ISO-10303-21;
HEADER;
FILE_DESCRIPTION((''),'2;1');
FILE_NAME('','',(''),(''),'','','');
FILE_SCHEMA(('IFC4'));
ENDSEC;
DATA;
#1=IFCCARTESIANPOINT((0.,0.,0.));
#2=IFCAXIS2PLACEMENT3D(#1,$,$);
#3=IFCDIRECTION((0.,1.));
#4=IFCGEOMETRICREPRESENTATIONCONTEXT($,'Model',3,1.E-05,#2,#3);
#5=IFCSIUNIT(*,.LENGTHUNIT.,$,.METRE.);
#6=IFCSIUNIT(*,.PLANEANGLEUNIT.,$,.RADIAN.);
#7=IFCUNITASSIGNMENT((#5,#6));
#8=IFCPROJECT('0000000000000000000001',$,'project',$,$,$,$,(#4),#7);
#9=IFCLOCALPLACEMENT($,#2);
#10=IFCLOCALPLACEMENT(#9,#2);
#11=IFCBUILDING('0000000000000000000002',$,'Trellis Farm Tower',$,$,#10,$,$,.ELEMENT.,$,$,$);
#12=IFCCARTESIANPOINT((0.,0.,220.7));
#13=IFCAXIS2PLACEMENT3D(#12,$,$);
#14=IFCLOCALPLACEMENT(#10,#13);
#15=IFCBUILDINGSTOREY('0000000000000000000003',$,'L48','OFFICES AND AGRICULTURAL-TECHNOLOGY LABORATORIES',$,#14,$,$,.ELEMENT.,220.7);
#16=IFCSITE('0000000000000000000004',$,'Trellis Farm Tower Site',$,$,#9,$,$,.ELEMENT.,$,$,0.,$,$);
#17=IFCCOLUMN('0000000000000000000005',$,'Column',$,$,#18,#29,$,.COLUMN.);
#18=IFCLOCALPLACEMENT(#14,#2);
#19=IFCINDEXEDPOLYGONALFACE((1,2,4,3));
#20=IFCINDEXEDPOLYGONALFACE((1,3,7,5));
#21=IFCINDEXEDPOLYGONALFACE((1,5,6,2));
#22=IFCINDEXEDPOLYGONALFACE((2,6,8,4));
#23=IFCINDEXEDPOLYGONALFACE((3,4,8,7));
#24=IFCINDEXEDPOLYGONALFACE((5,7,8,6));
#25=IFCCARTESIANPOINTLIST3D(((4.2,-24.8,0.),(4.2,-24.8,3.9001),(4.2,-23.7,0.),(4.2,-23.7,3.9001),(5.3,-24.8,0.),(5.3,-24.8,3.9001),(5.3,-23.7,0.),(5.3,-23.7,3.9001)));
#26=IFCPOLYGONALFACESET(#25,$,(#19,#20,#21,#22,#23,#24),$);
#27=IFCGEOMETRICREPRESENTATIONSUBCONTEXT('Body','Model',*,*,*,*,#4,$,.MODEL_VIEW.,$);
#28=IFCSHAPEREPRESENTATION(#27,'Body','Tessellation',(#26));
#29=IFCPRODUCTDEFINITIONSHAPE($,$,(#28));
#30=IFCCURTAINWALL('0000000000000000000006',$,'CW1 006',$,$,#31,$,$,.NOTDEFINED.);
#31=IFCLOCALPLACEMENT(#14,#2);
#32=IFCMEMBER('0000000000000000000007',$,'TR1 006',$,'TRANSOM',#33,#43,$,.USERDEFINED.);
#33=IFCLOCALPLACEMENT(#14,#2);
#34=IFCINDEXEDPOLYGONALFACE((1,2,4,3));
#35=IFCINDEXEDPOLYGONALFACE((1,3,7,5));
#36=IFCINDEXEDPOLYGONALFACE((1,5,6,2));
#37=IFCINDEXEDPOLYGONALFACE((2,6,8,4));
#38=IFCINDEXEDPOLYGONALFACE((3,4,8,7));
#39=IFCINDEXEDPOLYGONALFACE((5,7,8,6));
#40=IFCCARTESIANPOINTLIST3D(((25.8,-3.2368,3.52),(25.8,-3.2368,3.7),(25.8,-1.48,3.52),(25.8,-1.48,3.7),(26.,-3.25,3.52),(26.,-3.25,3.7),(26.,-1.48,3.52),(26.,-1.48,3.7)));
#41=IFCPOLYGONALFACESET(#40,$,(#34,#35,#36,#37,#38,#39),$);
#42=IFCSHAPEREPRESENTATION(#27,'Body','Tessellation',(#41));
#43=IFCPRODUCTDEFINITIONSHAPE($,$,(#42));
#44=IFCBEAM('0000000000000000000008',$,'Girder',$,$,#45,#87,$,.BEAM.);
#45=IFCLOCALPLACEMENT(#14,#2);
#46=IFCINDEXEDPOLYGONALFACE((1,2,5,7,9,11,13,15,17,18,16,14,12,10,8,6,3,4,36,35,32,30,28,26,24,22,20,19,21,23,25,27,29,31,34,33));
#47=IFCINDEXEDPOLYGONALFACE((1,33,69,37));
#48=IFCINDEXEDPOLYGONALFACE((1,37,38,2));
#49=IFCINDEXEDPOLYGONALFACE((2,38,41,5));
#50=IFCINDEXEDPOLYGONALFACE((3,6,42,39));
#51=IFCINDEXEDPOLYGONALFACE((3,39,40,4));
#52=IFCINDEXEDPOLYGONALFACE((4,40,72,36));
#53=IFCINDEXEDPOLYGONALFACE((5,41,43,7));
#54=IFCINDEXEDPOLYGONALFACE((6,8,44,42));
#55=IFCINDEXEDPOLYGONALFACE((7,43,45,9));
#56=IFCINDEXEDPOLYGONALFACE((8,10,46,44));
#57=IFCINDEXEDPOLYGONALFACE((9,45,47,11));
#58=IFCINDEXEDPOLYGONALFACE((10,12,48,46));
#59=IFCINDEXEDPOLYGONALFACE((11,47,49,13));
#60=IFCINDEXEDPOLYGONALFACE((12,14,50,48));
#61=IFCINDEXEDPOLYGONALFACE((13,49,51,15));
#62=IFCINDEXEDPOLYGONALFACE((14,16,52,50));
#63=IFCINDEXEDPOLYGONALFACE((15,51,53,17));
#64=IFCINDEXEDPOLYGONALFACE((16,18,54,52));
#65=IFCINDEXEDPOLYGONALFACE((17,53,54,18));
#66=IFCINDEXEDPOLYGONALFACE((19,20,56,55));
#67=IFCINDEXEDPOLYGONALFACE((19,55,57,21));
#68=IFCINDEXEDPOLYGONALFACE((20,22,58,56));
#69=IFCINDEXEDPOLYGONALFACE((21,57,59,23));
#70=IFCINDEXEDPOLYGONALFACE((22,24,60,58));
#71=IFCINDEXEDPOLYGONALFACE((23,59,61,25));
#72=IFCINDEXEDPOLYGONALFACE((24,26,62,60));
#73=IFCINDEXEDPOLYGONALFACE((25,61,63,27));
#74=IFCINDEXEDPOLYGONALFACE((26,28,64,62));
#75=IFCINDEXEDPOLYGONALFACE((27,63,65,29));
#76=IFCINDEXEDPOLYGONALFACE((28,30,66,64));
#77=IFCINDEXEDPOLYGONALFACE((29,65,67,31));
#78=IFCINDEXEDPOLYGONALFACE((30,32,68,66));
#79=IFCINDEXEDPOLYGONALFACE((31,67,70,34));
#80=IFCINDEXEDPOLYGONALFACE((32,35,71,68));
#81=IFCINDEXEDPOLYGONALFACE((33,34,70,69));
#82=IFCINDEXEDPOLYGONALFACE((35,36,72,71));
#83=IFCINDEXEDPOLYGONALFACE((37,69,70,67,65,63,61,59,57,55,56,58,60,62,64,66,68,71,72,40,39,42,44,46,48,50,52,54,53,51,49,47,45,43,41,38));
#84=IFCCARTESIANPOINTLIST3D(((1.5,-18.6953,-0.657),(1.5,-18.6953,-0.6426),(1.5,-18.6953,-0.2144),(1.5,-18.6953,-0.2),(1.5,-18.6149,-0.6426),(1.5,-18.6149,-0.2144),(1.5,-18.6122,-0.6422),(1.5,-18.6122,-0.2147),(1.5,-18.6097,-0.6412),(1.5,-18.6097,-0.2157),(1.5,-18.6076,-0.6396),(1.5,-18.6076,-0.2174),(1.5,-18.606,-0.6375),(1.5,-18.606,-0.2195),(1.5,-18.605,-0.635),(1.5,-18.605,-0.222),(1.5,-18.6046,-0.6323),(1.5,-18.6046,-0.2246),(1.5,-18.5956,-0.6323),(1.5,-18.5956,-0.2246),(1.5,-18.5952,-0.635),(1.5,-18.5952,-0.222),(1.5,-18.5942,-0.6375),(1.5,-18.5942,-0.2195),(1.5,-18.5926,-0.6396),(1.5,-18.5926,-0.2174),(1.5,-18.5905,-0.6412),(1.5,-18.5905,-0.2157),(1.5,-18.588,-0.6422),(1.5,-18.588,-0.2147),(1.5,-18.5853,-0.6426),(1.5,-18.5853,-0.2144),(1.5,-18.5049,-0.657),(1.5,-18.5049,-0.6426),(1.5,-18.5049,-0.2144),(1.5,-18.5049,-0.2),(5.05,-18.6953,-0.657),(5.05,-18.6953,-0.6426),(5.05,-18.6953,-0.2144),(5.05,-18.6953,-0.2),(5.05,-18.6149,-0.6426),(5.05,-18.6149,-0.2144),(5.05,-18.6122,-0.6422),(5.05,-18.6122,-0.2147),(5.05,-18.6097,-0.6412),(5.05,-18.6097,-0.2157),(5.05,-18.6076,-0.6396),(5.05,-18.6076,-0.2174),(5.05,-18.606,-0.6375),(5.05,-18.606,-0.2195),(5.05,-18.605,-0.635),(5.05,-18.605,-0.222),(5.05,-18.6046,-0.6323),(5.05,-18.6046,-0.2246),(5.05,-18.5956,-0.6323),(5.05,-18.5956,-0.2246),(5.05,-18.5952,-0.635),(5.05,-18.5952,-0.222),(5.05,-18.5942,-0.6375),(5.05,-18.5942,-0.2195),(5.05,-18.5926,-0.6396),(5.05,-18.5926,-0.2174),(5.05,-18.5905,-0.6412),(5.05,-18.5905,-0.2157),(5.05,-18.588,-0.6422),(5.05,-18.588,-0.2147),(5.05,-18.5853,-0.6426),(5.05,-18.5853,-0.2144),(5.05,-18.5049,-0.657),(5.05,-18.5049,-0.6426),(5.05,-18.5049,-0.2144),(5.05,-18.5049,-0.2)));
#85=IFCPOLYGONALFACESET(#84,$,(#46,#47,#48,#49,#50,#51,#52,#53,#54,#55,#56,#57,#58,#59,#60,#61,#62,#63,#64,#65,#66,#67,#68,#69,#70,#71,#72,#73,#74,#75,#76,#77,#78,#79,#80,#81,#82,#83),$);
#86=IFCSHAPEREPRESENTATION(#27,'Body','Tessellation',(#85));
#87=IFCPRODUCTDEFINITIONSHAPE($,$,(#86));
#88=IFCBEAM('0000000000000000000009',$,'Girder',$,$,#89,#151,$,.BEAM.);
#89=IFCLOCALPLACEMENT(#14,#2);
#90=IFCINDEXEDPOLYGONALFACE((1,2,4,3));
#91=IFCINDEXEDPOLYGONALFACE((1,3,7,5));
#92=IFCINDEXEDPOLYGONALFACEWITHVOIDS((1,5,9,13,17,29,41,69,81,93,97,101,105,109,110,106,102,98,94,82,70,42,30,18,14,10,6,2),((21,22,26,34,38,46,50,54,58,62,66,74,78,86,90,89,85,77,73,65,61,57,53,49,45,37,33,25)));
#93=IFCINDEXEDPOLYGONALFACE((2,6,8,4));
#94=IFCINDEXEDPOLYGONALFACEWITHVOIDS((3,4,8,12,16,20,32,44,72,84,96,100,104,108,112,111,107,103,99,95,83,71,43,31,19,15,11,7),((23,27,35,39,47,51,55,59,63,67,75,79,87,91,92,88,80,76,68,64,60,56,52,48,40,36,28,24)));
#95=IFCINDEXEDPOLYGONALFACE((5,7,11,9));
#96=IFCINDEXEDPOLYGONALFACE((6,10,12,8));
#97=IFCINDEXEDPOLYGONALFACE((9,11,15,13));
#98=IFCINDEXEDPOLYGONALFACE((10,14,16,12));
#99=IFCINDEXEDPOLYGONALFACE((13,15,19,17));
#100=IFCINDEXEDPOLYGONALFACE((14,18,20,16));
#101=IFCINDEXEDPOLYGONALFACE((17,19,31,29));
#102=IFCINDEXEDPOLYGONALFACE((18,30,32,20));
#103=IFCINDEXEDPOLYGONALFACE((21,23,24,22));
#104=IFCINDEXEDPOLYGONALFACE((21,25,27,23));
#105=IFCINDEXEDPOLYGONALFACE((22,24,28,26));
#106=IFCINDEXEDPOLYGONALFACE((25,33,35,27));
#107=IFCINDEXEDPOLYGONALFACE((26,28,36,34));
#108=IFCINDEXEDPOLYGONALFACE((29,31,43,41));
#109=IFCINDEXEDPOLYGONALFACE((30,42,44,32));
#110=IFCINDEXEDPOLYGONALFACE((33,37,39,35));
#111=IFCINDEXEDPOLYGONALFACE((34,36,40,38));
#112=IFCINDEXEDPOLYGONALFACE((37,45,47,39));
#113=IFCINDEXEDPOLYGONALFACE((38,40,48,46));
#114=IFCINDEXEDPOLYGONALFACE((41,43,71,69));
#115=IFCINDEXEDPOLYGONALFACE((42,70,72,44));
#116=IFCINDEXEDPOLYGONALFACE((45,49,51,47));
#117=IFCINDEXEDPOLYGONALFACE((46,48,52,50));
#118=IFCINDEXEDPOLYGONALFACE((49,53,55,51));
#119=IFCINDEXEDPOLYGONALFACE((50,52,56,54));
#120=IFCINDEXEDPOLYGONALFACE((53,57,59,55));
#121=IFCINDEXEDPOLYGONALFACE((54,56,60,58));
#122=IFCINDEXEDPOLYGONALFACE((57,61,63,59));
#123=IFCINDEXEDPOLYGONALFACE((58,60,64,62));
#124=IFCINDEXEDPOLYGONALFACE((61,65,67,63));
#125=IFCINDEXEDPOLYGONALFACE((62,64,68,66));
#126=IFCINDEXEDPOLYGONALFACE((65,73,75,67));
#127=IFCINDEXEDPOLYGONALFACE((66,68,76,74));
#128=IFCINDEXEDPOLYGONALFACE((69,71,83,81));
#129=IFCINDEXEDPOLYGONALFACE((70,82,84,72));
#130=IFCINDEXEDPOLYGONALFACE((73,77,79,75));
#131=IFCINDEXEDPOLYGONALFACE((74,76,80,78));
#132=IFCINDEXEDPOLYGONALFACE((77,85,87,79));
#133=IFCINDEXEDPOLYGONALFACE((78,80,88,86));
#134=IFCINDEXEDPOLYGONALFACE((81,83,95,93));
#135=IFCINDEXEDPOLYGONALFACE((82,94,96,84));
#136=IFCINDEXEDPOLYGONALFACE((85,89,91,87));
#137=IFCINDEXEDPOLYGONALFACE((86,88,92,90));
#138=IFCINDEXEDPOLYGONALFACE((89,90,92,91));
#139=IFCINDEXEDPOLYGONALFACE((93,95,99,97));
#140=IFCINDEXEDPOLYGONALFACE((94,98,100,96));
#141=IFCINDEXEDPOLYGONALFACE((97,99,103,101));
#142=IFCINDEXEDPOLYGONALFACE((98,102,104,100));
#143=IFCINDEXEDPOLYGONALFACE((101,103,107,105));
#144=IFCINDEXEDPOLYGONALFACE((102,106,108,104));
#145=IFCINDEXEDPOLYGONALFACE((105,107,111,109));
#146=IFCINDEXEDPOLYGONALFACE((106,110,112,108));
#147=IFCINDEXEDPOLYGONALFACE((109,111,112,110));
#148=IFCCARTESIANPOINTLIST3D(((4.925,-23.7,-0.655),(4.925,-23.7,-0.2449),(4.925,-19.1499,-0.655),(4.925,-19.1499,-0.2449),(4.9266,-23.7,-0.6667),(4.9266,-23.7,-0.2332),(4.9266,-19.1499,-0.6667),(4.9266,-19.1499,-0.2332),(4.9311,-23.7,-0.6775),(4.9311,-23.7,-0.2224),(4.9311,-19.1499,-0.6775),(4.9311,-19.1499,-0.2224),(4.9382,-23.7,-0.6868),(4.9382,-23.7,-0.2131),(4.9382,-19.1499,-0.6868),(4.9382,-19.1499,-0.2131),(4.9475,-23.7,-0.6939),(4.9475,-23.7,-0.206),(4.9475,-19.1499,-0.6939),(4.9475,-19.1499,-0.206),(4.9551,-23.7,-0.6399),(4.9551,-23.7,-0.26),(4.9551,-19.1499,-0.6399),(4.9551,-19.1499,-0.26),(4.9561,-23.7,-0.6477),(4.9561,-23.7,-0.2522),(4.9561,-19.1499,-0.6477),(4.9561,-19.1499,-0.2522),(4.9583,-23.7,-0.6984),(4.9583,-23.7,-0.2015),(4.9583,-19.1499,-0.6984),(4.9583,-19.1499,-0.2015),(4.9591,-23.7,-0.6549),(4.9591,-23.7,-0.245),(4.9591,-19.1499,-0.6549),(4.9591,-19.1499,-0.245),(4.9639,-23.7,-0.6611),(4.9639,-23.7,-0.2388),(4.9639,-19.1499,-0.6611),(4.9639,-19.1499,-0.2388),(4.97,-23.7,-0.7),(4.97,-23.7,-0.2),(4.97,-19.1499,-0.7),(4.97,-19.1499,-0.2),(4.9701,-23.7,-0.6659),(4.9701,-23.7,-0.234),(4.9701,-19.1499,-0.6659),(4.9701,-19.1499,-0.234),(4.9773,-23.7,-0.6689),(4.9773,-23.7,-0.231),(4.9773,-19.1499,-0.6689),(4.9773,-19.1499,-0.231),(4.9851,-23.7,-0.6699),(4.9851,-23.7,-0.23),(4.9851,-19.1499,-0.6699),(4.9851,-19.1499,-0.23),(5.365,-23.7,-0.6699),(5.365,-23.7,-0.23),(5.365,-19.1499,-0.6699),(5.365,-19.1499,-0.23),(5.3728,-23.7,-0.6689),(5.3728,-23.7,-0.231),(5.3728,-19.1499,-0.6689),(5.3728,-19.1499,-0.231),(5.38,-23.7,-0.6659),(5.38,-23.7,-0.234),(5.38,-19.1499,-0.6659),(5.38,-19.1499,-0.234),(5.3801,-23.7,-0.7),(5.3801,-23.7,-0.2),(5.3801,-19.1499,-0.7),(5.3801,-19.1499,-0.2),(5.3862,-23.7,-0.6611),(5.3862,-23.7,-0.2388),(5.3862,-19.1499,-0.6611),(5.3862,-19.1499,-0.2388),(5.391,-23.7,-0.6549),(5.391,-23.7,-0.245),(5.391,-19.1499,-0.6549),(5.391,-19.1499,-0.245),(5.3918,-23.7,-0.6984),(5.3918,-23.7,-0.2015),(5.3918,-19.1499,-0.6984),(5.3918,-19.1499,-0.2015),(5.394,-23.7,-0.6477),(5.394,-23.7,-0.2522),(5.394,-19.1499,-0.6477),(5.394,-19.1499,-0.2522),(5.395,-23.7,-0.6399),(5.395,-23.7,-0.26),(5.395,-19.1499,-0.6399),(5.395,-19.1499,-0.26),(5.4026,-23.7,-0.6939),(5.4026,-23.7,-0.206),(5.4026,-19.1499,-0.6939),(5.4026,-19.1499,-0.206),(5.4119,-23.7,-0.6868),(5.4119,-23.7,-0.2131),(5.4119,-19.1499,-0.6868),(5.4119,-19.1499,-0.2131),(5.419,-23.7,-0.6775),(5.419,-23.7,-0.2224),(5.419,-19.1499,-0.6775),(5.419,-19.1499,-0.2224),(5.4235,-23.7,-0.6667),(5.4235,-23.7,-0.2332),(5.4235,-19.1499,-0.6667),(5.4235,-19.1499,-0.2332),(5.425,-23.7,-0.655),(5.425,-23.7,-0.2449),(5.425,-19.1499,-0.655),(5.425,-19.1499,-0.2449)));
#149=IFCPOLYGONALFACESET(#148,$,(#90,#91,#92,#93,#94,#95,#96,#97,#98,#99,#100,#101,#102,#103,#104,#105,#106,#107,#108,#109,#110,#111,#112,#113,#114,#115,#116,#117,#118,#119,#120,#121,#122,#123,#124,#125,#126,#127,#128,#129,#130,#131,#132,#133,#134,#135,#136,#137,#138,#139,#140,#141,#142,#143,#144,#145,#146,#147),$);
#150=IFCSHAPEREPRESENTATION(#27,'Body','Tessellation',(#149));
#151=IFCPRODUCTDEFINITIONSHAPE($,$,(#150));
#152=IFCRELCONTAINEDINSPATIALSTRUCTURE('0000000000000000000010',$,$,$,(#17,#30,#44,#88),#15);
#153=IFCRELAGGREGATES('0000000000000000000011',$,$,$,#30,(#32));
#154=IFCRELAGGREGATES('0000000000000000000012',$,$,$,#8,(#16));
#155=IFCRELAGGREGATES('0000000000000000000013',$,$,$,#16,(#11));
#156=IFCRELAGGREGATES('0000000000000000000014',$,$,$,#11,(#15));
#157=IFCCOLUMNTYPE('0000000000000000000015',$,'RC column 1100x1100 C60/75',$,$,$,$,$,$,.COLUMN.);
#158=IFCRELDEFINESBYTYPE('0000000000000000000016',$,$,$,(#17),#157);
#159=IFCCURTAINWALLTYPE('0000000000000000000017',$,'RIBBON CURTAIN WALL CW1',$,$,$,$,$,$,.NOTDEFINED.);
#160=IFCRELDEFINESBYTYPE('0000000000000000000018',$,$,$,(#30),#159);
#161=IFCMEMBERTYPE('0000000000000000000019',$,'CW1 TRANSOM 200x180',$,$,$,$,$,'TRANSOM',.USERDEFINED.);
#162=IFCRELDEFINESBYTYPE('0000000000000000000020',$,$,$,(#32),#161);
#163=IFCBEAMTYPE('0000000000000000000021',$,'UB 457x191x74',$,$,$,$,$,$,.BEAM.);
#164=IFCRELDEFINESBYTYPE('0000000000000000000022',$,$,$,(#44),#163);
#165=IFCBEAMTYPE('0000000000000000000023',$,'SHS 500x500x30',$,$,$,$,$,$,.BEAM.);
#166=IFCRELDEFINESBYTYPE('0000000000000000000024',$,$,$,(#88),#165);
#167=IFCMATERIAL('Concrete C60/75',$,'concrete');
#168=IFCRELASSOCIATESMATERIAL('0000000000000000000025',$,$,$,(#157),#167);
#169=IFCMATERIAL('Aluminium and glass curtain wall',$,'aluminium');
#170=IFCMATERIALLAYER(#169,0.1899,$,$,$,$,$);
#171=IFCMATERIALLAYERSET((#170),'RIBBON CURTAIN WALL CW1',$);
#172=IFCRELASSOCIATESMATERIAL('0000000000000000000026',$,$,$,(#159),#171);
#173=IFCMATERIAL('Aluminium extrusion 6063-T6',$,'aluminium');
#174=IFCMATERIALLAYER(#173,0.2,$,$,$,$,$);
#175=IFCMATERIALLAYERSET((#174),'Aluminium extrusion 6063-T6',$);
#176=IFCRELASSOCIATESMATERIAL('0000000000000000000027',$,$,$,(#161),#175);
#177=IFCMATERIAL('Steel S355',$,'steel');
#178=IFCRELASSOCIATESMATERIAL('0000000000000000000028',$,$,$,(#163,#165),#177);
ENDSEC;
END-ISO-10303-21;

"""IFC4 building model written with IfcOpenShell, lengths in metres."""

from ifc_helpers import new_model, si_unit, direction, frame, origin, origin_2d, place, context, subcontext, project, spatial, polyline, rectangle, hollow_rectangle, i_section, outline, extrude, source, transform, mapped, material, layer, layer_set, material_profile, profile_set, type_object, element, aggregate, save


model = new_model("IFC4")

# Units and contexts
model_context = context("Model", 3, precision=1e-05, world=origin(), true_north=direction((0.0, 1.0)))
body_context = subcontext(model_context, "Body", "Model", "MODEL_VIEW")
ifc_project = project(units=[si_unit("LENGTHUNIT", "METRE"), si_unit("PLANEANGLEUNIT", "RADIAN")], contexts=[model_context])

# Site, building, storey
site_placement = place(None, origin())
site = spatial("IfcSite", under=ifc_project, at=site_placement, Name="Trellis Farm Tower Site", CompositionType="ELEMENT", RefElevation=0.0)
building_placement = place(site_placement, origin())
building = spatial("IfcBuilding", under=site, at=building_placement, Name="Trellis Farm Tower", CompositionType="ELEMENT")
storey_placement = place(building_placement, frame((0.0, 0.0, 220.7)))
storey = spatial("IfcBuildingStorey", under=building, at=storey_placement, Name="L48", Description="OFFICES AND AGRICULTURAL-TECHNOLOGY LABORATORIES", CompositionType="ELEMENT", Elevation=220.7)

# Column
ifc_material_1 = material(Name="Concrete C60/75", Category="concrete")
ifc_material_profile_1 = material_profile(ifc_material_1, rectangle(XDim=1.1001, YDim=1.1001, at=origin_2d()), Name="RC column 1100x1100 C60/75")
ifc_profile_set_1 = profile_set([ifc_material_profile_1], Name="Concrete C60/75")
column_type = type_object("IfcColumnType", Name="RC column 1100x1100 C60/75", PredefinedType="COLUMN", material=ifc_profile_set_1)
shared_shape_1 = source(origin(), body_context, "Body", "SweptSolid", [
    extrude(rectangle(XDim=1.1001, YDim=1.1001, at=origin_2d()), origin(), (0.0, 0.0, 1.0), 3.9001),
])
column_placement = place(storey_placement, frame((4.75, -24.25, 0.0), z_axis=(0.0, 0.0, 1.0), x_axis=(1.0, 0.0, 0.0)))
element("IfcColumn", 1, at=column_placement, inside=storey, type_object=column_type, Name="Column", PredefinedType="COLUMN", context=body_context, shape_type="MappedRepresentation", body=[
    mapped(shared_shape_1, transform((0.0, 0.0, 0.0))),
])

# Curtain wall, member
ifc_material_2 = material(Name="Aluminium and glass curtain wall", Category="aluminium")
ifc_layer_1 = layer(ifc_material_2, 0.1899)
ifc_layer_set_1 = layer_set([ifc_layer_1], Name="RIBBON CURTAIN WALL CW1")
curtain_wall_type = type_object("IfcCurtainWallType", Name="RIBBON CURTAIN WALL CW1", PredefinedType="NOTDEFINED", material=ifc_layer_set_1)
placement = place(storey_placement, origin())
curtain_wall = element("IfcCurtainWall", 2, at=placement, inside=storey, type_object=curtain_wall_type, Name="CW1 006", PredefinedType="NOTDEFINED")
ifc_material_3 = material(Name="Aluminium extrusion 6063-T6", Category="aluminium")
ifc_layer_2 = layer(ifc_material_3, 0.2)
ifc_layer_set_2 = layer_set([ifc_layer_2], Name="Aluminium extrusion 6063-T6")
member_type = type_object("IfcMemberType", Name="CW1 TRANSOM 200x180", ElementType="TRANSOM", PredefinedType="USERDEFINED", material=ifc_layer_set_2)
member_placement = place(storey_placement, frame((0.0, 0.0, 3.52)))
member = element("IfcMember", 3, at=member_placement, type_object=member_type, Name="TR1 006", ObjectType="TRANSOM", PredefinedType="USERDEFINED", context=body_context, shape_type="SweptSolid", body=[
    extrude(outline(polyline([(26.0, -3.25), (26.0, -1.48), (25.8, -1.48), (25.8, -3.2368), (26.0, -3.25)])), origin(), (0.0, 0.0, 1.0), 0.1799),
])
aggregate(curtain_wall, [member])

# Beams
ifc_material_4 = material(Name="Steel S355", Category="steel")
ifc_material_profile_2 = material_profile(ifc_material_4, i_section(OverallWidth=0.1904, OverallDepth=0.457, WebThickness=0.009, FlangeThickness=0.0144, FilletRadius=0.0103, at=origin_2d()), Name="UB 457x191x74")
ifc_profile_set_2 = profile_set([ifc_material_profile_2], Name="Steel S355")
beam_type_1 = type_object("IfcBeamType", Name="UB 457x191x74", PredefinedType="BEAM", material=ifc_profile_set_2)
shared_shape_2 = source(origin(), body_context, "Body", "SweptSolid", [
    extrude(i_section(OverallWidth=0.1904, OverallDepth=0.457, WebThickness=0.009, FlangeThickness=0.0144, FilletRadius=0.0103, at=origin_2d()), origin(), (0.0, 0.0, 1.0), 3.55),
])
beam_1_placement = place(storey_placement, frame((1.5, -18.6001, -0.4285), z_axis=(1.0, 0.0, 0.0), x_axis=(0.0, 1.0, 0.0)))
element("IfcBeam", 4, at=beam_1_placement, inside=storey, type_object=beam_type_1, Name="Girder", PredefinedType="BEAM", context=body_context, shape_type="MappedRepresentation", body=[
    mapped(shared_shape_2, transform((0.0, 0.0, 0.0))),
])
ifc_material_profile_3 = material_profile(ifc_material_4, hollow_rectangle(XDim=0.5, YDim=0.5, WallThickness=0.03, InnerFilletRadius=0.03, OuterFilletRadius=0.0449, at=origin_2d()), Name="SHS 500x500x30")
ifc_profile_set_3 = profile_set([ifc_material_profile_3], Name="Steel S355")
beam_type_2 = type_object("IfcBeamType", Name="SHS 500x500x30", PredefinedType="BEAM", material=ifc_profile_set_3)
shared_shape_3 = source(origin(), body_context, "Body", "SweptSolid", [
    extrude(hollow_rectangle(XDim=0.5, YDim=0.5, WallThickness=0.03, InnerFilletRadius=0.03, OuterFilletRadius=0.0449, at=origin_2d()), origin(), (0.0, 0.0, 1.0), 4.55),
])
beam_2_placement = place(storey_placement, frame((5.175, -23.7, -0.45), z_axis=(0.0, 1.0, 0.0), x_axis=(-1.0, 0.0, 0.0)))
element("IfcBeam", 5, at=beam_2_placement, inside=storey, type_object=beam_type_2, Name="Girder", PredefinedType="BEAM", context=body_context, shape_type="MappedRepresentation", body=[
    mapped(shared_shape_3, transform((0.0, 0.0, 0.0))),
])

save(model, "model.ifc")
